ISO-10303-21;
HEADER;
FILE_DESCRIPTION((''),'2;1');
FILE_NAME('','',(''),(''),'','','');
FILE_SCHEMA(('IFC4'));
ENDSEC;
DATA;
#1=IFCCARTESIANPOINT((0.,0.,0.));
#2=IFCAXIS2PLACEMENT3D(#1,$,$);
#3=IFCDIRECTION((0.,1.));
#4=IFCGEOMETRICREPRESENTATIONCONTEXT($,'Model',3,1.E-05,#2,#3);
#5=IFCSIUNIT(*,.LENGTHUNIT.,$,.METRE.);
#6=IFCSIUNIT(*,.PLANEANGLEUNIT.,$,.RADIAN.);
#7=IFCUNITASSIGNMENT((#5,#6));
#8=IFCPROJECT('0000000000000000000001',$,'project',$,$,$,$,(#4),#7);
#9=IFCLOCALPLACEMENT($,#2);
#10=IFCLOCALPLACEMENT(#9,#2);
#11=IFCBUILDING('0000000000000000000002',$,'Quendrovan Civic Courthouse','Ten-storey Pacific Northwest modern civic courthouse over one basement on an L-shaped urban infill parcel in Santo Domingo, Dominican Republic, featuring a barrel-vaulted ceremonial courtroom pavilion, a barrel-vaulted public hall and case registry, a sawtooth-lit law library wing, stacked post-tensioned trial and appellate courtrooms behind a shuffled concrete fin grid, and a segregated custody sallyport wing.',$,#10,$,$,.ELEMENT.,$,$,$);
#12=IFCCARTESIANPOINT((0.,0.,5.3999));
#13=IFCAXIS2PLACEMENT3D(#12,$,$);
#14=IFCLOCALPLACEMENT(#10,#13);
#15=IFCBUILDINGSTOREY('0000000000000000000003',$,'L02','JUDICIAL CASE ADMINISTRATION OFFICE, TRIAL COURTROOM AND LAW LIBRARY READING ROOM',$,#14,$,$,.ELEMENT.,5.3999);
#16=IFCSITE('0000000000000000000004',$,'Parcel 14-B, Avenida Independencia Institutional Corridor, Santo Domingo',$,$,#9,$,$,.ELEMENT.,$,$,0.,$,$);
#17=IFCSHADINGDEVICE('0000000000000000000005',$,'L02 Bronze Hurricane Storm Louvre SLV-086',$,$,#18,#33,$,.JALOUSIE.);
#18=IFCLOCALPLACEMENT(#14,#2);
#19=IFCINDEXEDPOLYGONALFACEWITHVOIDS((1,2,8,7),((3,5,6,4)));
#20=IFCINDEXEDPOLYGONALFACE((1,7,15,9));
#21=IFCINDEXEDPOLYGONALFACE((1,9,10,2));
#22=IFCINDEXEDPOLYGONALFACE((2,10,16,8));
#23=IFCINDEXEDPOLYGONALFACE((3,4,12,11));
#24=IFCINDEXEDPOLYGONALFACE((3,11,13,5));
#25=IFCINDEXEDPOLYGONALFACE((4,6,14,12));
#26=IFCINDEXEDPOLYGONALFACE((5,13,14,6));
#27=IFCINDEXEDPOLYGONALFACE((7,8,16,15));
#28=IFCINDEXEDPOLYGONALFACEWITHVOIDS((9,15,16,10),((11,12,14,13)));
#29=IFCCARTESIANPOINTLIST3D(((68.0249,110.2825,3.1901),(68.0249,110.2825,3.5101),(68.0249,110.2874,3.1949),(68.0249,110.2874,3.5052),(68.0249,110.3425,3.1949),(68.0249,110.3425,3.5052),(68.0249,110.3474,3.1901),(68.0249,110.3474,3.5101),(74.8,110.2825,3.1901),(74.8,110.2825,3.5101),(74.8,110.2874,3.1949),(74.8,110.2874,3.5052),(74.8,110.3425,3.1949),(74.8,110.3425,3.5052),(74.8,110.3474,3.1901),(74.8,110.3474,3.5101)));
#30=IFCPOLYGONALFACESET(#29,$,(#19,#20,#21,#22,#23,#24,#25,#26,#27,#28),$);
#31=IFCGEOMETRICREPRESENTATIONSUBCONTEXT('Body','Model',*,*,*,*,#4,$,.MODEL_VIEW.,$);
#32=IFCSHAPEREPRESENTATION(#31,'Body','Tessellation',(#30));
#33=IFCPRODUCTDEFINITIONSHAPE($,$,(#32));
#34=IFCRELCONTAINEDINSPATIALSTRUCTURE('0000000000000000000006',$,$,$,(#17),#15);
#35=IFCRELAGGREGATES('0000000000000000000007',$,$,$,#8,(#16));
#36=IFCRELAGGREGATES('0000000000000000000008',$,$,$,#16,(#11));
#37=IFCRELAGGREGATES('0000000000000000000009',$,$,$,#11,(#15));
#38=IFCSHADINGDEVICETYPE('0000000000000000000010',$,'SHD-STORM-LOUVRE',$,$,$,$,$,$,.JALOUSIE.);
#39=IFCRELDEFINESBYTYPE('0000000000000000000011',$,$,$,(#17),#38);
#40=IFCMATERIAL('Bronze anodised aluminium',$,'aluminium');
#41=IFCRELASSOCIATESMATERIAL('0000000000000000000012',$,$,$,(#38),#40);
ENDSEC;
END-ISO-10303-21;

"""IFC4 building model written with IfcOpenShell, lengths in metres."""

from ifc_helpers import new_model, si_unit, direction, frame, origin, origin_2d, place, context, subcontext, project, spatial, hollow_rectangle, extrude, material, material_profile, profile_set, type_object, element, save


model = new_model("IFC4")

# Units and contexts
model_context = context("Model", 3, precision=1e-05, world=origin(), true_north=direction((0.0, 1.0)))
body_context = subcontext(model_context, "Body", "Model", "MODEL_VIEW")
ifc_project = project(units=[si_unit("LENGTHUNIT", "METRE"), si_unit("PLANEANGLEUNIT", "RADIAN")], contexts=[model_context])

# Site, building, storey
site_placement = place(None, origin())
site = spatial("IfcSite", under=ifc_project, at=site_placement, Name="Parcel 14-B, Avenida Independencia Institutional Corridor, Santo Domingo", CompositionType="ELEMENT", RefElevation=0.0)
building_placement = place(site_placement, origin())
building = spatial("IfcBuilding", under=site, at=building_placement, Name="Quendrovan Civic Courthouse", Description="Ten-storey Pacific Northwest modern civic courthouse over one basement on an L-shaped urban infill parcel in Santo Domingo, Dominican Republic, featuring a barrel-vaulted ceremonial courtroom pavilion, a barrel-vaulted public hall and case registry, a sawtooth-lit law library wing, stacked post-tensioned trial and appellate courtrooms behind a shuffled concrete fin grid, and a segregated custody sallyport wing.", CompositionType="ELEMENT")
storey_placement = place(building_placement, frame((0.0, 0.0, 5.3999)))
storey = spatial("IfcBuildingStorey", under=building, at=storey_placement, Name="L02", Description="JUDICIAL CASE ADMINISTRATION OFFICE, TRIAL COURTROOM AND LAW LIBRARY READING ROOM", CompositionType="ELEMENT", Elevation=5.3999)

# Shared definitions
ifc_material_1 = material(Name="Bronze anodised aluminium", Category="aluminium")

# Shading device
ifc_material_profile_1 = material_profile(ifc_material_1, hollow_rectangle(XDim=0.0649, YDim=0.3201, WallThickness=0.0049, at=origin_2d()), Name="AL-LOUVRE-65x320")
ifc_profile_set_1 = profile_set([ifc_material_profile_1], Name="Bronze anodised aluminium")
shading_device_type = type_object("IfcShadingDeviceType", Name="SHD-STORM-LOUVRE", PredefinedType="JALOUSIE", material=ifc_profile_set_1)
for number, where, z_axis, x_axis, name in (
    (1, (68.0249, 110.3149, 3.3501), (1.0, 0.0, 0.0), (0.0, 1.0, 0.0), "L02 Bronze Hurricane Storm Louvre SLV-086"),
):
    element("IfcShadingDevice", number, at=place(storey_placement, frame(where, z_axis=z_axis, x_axis=x_axis)), inside=storey, type_object=shading_device_type, Name=name, PredefinedType="JALOUSIE", context=body_context, shape_type="SweptSolid", body=[
        extrude(hollow_rectangle(XDim=0.0649, YDim=0.3201, WallThickness=0.0049, at=origin_2d()), origin(), (0.0, 0.0, 1.0), 6.7751),
    ])

save(model, "model.ifc")
